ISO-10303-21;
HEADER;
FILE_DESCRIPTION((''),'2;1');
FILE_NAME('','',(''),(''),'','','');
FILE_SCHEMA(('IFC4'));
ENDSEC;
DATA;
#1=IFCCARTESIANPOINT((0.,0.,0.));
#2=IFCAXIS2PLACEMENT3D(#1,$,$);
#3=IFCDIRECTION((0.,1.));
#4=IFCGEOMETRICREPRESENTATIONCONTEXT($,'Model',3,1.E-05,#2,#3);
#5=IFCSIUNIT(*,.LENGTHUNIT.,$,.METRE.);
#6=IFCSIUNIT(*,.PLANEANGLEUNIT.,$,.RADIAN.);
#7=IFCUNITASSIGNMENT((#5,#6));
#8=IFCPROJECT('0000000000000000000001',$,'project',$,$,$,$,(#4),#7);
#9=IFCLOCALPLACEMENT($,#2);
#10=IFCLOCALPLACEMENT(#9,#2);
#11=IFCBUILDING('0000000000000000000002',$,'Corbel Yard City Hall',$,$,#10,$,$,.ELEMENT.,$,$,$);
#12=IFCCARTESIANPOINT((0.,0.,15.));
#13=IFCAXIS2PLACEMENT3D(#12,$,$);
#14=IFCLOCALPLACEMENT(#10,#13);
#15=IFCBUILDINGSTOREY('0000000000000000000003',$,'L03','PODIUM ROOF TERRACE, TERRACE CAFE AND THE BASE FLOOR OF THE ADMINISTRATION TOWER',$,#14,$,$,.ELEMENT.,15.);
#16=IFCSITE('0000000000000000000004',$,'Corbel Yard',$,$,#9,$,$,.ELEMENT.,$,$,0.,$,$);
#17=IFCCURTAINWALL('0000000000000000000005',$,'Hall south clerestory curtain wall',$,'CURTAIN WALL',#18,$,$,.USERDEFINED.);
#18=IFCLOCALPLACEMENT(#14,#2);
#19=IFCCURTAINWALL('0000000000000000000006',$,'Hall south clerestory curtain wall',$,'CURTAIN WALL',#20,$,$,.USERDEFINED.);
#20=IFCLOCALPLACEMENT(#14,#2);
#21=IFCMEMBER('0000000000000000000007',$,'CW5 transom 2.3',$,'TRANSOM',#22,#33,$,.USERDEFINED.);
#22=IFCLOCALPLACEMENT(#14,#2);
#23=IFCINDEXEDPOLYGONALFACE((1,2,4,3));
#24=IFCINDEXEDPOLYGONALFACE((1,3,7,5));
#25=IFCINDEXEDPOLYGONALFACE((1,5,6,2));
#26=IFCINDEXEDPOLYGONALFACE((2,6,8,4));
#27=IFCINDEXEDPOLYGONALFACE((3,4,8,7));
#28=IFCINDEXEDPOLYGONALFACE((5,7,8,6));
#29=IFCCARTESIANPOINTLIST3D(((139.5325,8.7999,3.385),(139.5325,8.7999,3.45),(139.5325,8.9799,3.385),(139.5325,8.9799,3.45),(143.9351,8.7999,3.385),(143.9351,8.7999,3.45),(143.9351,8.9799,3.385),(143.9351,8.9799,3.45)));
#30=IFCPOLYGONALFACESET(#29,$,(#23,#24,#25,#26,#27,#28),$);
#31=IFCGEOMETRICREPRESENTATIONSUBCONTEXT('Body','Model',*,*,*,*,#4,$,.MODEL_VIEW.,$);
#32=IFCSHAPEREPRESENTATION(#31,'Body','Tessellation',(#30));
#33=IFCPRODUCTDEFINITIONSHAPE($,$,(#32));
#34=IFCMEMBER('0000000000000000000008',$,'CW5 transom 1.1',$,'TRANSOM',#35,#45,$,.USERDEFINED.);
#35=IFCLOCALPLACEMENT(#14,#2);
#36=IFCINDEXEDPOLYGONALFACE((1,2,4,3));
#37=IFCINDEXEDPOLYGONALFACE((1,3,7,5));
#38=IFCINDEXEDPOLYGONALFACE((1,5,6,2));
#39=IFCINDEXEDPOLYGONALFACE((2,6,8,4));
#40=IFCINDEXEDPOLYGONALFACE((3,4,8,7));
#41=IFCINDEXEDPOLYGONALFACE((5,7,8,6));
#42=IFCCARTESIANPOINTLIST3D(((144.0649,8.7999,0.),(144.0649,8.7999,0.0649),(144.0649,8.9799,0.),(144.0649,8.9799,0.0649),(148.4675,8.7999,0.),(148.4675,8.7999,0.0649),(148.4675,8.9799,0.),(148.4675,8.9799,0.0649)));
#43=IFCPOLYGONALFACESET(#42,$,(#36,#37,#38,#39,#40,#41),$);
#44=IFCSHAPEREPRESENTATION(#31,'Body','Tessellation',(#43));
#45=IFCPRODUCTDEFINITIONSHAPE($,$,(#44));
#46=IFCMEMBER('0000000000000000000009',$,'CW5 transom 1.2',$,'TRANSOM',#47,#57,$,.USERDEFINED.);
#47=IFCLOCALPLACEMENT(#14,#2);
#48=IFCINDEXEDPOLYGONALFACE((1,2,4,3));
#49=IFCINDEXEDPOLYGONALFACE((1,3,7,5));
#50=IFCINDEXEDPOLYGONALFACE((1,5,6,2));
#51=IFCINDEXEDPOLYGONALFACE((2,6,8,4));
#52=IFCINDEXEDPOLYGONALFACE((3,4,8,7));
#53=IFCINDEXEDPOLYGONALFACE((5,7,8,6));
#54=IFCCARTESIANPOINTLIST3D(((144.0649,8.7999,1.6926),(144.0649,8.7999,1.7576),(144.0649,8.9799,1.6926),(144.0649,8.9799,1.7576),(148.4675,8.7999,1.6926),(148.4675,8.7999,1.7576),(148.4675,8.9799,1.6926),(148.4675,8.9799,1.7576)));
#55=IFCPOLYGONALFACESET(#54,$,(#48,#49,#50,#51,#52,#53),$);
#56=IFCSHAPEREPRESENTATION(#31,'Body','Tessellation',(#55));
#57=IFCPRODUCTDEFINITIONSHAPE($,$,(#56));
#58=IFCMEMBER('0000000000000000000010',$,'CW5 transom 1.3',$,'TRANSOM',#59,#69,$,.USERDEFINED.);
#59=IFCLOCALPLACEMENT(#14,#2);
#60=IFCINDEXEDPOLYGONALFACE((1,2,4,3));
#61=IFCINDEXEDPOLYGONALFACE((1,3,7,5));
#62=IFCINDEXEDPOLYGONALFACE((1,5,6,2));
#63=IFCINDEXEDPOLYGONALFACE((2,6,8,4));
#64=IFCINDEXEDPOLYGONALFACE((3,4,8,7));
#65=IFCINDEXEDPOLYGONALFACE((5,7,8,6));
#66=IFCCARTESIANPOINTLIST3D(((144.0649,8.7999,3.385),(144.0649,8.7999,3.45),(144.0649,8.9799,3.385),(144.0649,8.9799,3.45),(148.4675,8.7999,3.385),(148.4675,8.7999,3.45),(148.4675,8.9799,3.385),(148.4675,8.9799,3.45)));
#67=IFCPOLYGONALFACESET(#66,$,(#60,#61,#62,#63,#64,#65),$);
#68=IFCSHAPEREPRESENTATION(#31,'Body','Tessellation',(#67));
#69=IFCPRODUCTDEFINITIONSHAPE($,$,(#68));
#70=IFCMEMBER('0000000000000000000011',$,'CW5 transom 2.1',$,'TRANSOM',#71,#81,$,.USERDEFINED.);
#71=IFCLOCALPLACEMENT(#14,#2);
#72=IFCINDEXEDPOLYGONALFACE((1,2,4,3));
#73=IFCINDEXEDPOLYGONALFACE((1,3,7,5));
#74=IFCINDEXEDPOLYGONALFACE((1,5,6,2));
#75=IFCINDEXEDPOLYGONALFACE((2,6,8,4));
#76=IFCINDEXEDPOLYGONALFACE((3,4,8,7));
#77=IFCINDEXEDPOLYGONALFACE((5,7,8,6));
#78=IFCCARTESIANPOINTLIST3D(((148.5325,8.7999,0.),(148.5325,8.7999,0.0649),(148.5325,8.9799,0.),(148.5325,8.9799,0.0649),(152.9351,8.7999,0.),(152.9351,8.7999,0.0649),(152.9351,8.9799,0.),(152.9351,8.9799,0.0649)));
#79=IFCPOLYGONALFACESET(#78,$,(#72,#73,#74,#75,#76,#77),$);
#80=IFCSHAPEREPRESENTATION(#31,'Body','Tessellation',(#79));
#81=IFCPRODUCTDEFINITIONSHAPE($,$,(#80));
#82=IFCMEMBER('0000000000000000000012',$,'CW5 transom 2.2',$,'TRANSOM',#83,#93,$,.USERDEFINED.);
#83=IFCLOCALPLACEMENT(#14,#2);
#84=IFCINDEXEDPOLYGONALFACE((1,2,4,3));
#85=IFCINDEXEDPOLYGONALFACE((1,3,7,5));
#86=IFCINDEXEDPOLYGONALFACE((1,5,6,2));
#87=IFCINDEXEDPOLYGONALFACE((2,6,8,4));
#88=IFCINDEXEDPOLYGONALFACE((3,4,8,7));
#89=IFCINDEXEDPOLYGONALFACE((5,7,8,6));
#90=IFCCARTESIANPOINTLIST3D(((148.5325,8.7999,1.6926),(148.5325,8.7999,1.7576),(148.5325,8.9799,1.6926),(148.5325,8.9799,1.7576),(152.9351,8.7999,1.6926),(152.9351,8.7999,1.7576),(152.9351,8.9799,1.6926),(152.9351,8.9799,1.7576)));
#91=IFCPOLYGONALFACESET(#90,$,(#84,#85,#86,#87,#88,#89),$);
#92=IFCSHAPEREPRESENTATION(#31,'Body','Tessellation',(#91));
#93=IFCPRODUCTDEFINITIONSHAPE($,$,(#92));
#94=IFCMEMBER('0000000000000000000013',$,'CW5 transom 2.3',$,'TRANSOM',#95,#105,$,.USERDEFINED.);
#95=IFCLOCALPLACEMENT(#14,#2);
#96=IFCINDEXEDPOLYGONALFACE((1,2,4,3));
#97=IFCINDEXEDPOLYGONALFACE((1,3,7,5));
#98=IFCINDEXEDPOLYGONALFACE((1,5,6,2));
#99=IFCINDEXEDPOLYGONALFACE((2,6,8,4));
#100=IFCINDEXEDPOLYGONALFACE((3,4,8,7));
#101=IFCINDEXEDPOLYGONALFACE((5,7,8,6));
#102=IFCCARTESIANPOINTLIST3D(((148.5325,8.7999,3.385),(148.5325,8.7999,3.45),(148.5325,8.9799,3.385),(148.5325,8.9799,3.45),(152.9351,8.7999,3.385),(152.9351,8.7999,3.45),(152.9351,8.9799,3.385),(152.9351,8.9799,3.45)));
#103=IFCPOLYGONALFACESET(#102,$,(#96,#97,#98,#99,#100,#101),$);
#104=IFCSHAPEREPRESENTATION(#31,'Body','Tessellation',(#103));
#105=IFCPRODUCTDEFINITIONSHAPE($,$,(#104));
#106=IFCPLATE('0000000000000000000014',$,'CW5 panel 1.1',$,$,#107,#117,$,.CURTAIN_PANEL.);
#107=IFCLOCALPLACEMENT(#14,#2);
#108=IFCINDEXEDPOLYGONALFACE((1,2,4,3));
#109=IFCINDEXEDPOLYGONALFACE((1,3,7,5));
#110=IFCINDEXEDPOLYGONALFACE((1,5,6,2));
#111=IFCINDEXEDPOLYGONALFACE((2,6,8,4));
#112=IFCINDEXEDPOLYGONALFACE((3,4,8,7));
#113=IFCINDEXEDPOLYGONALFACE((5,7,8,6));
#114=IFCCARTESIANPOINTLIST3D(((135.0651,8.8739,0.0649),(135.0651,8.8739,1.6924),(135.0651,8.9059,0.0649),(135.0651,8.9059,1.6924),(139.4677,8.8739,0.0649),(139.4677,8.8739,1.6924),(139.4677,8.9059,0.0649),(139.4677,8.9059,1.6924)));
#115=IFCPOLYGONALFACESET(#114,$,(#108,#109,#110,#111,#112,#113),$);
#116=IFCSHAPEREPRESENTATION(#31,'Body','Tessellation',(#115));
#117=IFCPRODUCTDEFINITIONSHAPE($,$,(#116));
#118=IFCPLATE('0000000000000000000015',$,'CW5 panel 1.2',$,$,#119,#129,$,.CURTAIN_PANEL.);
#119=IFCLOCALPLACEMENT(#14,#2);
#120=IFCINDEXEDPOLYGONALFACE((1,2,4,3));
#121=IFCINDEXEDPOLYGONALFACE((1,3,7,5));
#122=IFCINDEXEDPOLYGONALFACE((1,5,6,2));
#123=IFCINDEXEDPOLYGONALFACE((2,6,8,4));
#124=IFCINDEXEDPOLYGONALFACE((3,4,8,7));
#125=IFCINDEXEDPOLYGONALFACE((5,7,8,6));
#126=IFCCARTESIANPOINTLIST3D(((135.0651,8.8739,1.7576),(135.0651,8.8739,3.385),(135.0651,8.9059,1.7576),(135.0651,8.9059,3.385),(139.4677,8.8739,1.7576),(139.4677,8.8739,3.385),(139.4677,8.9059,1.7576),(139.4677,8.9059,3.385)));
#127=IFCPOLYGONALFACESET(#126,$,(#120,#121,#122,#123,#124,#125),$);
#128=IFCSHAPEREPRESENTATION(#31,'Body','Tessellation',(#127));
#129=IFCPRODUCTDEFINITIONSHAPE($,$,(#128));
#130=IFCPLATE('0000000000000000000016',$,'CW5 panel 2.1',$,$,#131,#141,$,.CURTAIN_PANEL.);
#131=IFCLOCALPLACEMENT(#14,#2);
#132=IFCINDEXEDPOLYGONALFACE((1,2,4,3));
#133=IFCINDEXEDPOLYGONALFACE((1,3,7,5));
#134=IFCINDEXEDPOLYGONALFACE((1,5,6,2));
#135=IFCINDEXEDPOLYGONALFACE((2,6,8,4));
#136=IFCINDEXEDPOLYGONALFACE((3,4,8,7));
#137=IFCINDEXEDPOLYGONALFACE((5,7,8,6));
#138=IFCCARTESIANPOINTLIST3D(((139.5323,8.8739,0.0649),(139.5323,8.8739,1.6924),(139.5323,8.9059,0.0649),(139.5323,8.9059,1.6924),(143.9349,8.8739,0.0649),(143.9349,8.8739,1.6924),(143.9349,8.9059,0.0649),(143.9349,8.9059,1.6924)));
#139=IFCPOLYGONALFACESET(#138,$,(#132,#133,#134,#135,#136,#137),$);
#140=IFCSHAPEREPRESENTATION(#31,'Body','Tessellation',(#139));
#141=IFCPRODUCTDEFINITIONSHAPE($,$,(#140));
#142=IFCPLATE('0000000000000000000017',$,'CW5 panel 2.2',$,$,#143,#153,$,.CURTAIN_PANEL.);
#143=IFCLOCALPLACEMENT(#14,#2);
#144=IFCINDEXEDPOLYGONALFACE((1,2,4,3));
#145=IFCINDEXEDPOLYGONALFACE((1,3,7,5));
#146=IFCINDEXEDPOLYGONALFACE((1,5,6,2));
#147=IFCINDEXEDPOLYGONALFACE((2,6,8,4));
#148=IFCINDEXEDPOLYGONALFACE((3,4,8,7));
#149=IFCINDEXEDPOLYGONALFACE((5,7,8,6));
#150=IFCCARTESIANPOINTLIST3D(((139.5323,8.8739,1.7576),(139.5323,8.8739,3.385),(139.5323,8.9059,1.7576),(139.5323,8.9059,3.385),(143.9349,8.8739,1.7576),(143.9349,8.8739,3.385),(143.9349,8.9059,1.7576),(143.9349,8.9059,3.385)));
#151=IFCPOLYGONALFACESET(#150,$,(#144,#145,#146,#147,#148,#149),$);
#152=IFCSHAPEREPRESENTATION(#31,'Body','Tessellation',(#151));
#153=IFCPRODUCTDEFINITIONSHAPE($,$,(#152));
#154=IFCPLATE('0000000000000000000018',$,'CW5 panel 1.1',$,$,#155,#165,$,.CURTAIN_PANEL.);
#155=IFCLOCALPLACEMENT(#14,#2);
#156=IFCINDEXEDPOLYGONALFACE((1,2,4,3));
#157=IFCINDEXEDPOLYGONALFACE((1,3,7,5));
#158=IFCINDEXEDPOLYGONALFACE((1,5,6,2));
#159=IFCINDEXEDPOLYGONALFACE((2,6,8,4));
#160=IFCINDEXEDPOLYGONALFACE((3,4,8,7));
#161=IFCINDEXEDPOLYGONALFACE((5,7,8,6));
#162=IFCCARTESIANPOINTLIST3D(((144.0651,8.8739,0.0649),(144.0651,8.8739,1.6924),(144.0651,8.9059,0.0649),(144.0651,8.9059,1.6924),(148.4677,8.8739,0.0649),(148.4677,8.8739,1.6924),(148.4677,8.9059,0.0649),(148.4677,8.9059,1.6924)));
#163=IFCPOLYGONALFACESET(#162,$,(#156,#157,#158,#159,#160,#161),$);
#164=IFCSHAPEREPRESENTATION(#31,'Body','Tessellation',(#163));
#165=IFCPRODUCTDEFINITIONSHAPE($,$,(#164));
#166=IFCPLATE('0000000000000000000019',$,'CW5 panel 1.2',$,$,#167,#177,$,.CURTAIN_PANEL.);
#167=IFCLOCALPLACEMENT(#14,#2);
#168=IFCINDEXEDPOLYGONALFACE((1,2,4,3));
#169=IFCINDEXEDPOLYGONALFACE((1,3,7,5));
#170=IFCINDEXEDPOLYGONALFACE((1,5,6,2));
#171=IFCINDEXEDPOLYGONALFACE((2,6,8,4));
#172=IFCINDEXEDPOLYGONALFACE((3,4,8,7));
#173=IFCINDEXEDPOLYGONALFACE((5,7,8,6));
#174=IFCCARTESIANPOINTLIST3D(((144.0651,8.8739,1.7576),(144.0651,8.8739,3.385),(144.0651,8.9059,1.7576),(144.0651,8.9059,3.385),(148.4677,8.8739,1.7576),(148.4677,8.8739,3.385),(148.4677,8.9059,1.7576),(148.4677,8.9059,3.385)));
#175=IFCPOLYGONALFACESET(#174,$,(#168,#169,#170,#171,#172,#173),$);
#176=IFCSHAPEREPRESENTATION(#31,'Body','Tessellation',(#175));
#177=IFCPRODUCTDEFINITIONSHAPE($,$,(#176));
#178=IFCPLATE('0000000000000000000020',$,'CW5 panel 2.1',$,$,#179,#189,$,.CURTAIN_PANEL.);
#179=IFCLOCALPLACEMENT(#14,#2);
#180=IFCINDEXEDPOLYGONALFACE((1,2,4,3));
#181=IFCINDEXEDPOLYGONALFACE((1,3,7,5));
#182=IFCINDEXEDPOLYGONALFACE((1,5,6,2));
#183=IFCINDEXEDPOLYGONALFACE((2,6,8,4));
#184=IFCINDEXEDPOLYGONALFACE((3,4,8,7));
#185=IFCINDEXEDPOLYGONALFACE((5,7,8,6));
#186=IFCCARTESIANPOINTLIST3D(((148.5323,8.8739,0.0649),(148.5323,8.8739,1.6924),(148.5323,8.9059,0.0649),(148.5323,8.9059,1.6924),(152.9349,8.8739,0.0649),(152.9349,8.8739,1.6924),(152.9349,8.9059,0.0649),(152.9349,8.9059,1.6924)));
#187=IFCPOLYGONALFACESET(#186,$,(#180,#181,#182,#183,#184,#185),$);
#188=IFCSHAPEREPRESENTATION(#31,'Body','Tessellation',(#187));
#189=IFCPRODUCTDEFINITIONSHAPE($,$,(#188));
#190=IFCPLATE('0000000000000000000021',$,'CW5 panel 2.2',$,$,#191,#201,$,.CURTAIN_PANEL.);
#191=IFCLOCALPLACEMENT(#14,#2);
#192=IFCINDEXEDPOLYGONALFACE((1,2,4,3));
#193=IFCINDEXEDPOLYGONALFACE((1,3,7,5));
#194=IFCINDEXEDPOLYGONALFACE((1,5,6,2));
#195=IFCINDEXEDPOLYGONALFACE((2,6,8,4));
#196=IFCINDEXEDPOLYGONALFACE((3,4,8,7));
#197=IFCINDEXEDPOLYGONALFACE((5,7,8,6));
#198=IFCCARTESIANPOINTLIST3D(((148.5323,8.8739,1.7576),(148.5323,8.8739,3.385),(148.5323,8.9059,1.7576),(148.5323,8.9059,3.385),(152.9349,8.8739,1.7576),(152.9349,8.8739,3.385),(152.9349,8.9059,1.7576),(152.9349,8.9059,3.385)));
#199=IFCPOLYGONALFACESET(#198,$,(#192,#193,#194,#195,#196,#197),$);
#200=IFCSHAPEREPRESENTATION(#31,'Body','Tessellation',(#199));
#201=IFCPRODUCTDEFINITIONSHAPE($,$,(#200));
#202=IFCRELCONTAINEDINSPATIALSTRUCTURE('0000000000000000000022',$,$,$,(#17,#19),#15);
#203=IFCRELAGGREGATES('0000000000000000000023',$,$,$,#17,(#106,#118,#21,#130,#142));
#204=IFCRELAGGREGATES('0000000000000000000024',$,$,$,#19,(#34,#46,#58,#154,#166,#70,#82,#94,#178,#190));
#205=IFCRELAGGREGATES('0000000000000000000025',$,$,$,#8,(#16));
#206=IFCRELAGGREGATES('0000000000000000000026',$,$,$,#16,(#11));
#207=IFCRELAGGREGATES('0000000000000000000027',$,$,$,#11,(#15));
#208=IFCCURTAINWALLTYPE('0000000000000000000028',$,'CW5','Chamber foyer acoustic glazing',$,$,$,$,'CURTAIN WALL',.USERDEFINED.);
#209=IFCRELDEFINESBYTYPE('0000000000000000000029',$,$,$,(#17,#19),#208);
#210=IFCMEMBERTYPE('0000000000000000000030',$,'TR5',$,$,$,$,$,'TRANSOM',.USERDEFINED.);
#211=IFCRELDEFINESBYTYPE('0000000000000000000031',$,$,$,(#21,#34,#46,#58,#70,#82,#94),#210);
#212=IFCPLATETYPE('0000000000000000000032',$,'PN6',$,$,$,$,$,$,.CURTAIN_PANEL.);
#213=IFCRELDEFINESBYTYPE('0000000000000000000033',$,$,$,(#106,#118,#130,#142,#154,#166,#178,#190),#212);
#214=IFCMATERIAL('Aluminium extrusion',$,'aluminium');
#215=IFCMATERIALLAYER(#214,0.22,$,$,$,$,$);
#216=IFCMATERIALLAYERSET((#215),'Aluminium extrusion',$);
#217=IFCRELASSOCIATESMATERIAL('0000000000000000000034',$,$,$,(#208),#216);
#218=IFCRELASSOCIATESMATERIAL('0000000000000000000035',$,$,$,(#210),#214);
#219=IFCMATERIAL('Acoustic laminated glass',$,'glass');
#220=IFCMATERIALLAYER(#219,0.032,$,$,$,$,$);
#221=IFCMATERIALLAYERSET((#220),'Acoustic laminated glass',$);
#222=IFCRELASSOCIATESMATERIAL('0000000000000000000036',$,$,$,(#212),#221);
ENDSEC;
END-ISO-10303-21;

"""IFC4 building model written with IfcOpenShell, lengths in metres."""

from ifc_helpers import new_model, si_unit, direction, frame, origin, origin_2d, place, context, subcontext, project, spatial, rectangle, extrude, material, layer, layer_set, material_profile, profile_set, type_object, element, aggregate, save


model = new_model("IFC4")

# Units and contexts
model_context = context("Model", 3, precision=1e-05, world=origin(), true_north=direction((0.0, 1.0)))
body_context = subcontext(model_context, "Body", "Model", "MODEL_VIEW")
ifc_project = project(units=[si_unit("LENGTHUNIT", "METRE"), si_unit("PLANEANGLEUNIT", "RADIAN")], contexts=[model_context])

# Site, building, storey
site_placement = place(None, origin())
site = spatial("IfcSite", under=ifc_project, at=site_placement, Name="Corbel Yard", CompositionType="ELEMENT", RefElevation=0.0)
building_placement = place(site_placement, origin())
building = spatial("IfcBuilding", under=site, at=building_placement, Name="Corbel Yard City Hall", CompositionType="ELEMENT")
storey_placement = place(building_placement, frame((0.0, 0.0, 15.0)))
storey = spatial("IfcBuildingStorey", under=building, at=storey_placement, Name="L03", Description="PODIUM ROOF TERRACE, TERRACE CAFE AND THE BASE FLOOR OF THE ADMINISTRATION TOWER", CompositionType="ELEMENT", Elevation=15.0)

# Curtain walls
ifc_material_1 = material(Name="Aluminium extrusion", Category="aluminium")
ifc_layer_1 = layer(ifc_material_1, 0.22)
ifc_layer_set_1 = layer_set([ifc_layer_1], Name="Aluminium extrusion")
curtain_wall_type = type_object("IfcCurtainWallType", Name="CW5", Description="Chamber foyer acoustic glazing", ElementType="CURTAIN WALL", PredefinedType="USERDEFINED", material=ifc_layer_set_1)
curtain_wall_1_placement = place(storey_placement, origin())
curtain_wall_1 = element("IfcCurtainWall", 1, at=curtain_wall_1_placement, inside=storey, type_object=curtain_wall_type, Name="Hall south clerestory curtain wall", ObjectType="CURTAIN WALL", PredefinedType="USERDEFINED")
curtain_wall_2_placement = place(storey_placement, origin())
curtain_wall_2 = element("IfcCurtainWall", 2, at=curtain_wall_2_placement, inside=storey, type_object=curtain_wall_type, Name="Hall south clerestory curtain wall", ObjectType="CURTAIN WALL", PredefinedType="USERDEFINED")

# Members
ifc_material_profile_1 = material_profile(ifc_material_1, rectangle(XDim=0.1799, YDim=0.0649, at=origin_2d()), Name="180x65")
ifc_profile_set_1 = profile_set([ifc_material_profile_1], Name="Aluminium extrusion")
member_type_1 = type_object("IfcMemberType", Name="TR5", ElementType="TRANSOM", PredefinedType="USERDEFINED", material=ifc_profile_set_1)
member_1_placement = place(storey_placement, frame((139.5325, 8.8899, 3.4175), z_axis=(1.0, 0.0, 0.0), x_axis=(0.0, 1.0, 0.0)))
member_1 = element("IfcMember", 3, at=member_1_placement, type_object=member_type_1, Name="CW5 transom 2.3", ObjectType="TRANSOM", PredefinedType="USERDEFINED", context=body_context, shape_type="SweptSolid", body=[
    extrude(rectangle(XDim=0.1799, YDim=0.0649, at=origin_2d()), origin(), (0.0, 0.0, 1.0), 4.4026),
])
member_2_placement = place(storey_placement, frame((144.0649, 8.8899, 0.0325), z_axis=(1.0, 0.0, 0.0), x_axis=(0.0, 1.0, 0.0)))
member_2 = element("IfcMember", 4, at=member_2_placement, type_object=member_type_1, Name="CW5 transom 1.1", ObjectType="TRANSOM", PredefinedType="USERDEFINED", context=body_context, shape_type="SweptSolid", body=[
    extrude(rectangle(XDim=0.1799, YDim=0.0649, at=origin_2d()), origin(), (0.0, 0.0, 1.0), 4.4026),
])
member_3_placement = place(storey_placement, frame((144.0649, 8.8899, 1.7251), z_axis=(1.0, 0.0, 0.0), x_axis=(0.0, 1.0, 0.0)))
member_3 = element("IfcMember", 5, at=member_3_placement, type_object=member_type_1, Name="CW5 transom 1.2", ObjectType="TRANSOM", PredefinedType="USERDEFINED", context=body_context, shape_type="SweptSolid", body=[
    extrude(rectangle(XDim=0.1799, YDim=0.0649, at=origin_2d()), origin(), (0.0, 0.0, 1.0), 4.4026),
])
member_4_placement = place(storey_placement, frame((144.0649, 8.8899, 3.4175), z_axis=(1.0, 0.0, 0.0), x_axis=(0.0, 1.0, 0.0)))
member_4 = element("IfcMember", 6, at=member_4_placement, type_object=member_type_1, Name="CW5 transom 1.3", ObjectType="TRANSOM", PredefinedType="USERDEFINED", context=body_context, shape_type="SweptSolid", body=[
    extrude(rectangle(XDim=0.1799, YDim=0.0649, at=origin_2d()), origin(), (0.0, 0.0, 1.0), 4.4026),
])
member_5_placement = place(storey_placement, frame((148.5325, 8.8899, 0.0325), z_axis=(1.0, 0.0, 0.0), x_axis=(0.0, 1.0, 0.0)))
member_5 = element("IfcMember", 7, at=member_5_placement, type_object=member_type_1, Name="CW5 transom 2.1", ObjectType="TRANSOM", PredefinedType="USERDEFINED", context=body_context, shape_type="SweptSolid", body=[
    extrude(rectangle(XDim=0.1799, YDim=0.0649, at=origin_2d()), origin(), (0.0, 0.0, 1.0), 4.4026),
])
member_6_placement = place(storey_placement, frame((148.5325, 8.8899, 1.7251), z_axis=(1.0, 0.0, 0.0), x_axis=(0.0, 1.0, 0.0)))
member_6 = element("IfcMember", 8, at=member_6_placement, type_object=member_type_1, Name="CW5 transom 2.2", ObjectType="TRANSOM", PredefinedType="USERDEFINED", context=body_context, shape_type="SweptSolid", body=[
    extrude(rectangle(XDim=0.1799, YDim=0.0649, at=origin_2d()), origin(), (0.0, 0.0, 1.0), 4.4026),
])
member_7_placement = place(storey_placement, frame((148.5325, 8.8899, 3.4175), z_axis=(1.0, 0.0, 0.0), x_axis=(0.0, 1.0, 0.0)))
member_7 = element("IfcMember", 9, at=member_7_placement, type_object=member_type_1, Name="CW5 transom 2.3", ObjectType="TRANSOM", PredefinedType="USERDEFINED", context=body_context, shape_type="SweptSolid", body=[
    extrude(rectangle(XDim=0.1799, YDim=0.0649, at=origin_2d()), origin(), (0.0, 0.0, 1.0), 4.4026),
])

# Plates
ifc_material_2 = material(Name="Acoustic laminated glass", Category="glass")
ifc_layer_2 = layer(ifc_material_2, 0.032)
ifc_layer_set_2 = layer_set([ifc_layer_2], Name="Acoustic laminated glass")
plate_type = type_object("IfcPlateType", Name="PN6", PredefinedType="CURTAIN_PANEL", material=ifc_layer_set_2)
plate_1_placement = place(storey_placement, frame((137.2664, 8.8899, 0.0649), z_axis=(0.0, 0.0, 1.0), x_axis=(1.0, 0.0, 0.0)))
plate_1 = element("IfcPlate", 10, at=plate_1_placement, type_object=plate_type, Name="CW5 panel 1.1", PredefinedType="CURTAIN_PANEL", context=body_context, shape_type="SweptSolid", body=[
    extrude(rectangle(XDim=4.4026, YDim=0.032, at=origin_2d()), origin(), (0.0, 0.0, 1.0), 1.6274),
])
plate_2_placement = place(storey_placement, frame((137.2664, 8.8899, 1.7576), z_axis=(0.0, 0.0, 1.0), x_axis=(1.0, 0.0, 0.0)))
plate_2 = element("IfcPlate", 11, at=plate_2_placement, type_object=plate_type, Name="CW5 panel 1.2", PredefinedType="CURTAIN_PANEL", context=body_context, shape_type="SweptSolid", body=[
    extrude(rectangle(XDim=4.4026, YDim=0.032, at=origin_2d()), origin(), (0.0, 0.0, 1.0), 1.6274),
])
plate_3_placement = place(storey_placement, frame((141.7336, 8.8899, 0.0649), z_axis=(0.0, 0.0, 1.0), x_axis=(1.0, 0.0, 0.0)))
plate_3 = element("IfcPlate", 12, at=plate_3_placement, type_object=plate_type, Name="CW5 panel 2.1", PredefinedType="CURTAIN_PANEL", context=body_context, shape_type="SweptSolid", body=[
    extrude(rectangle(XDim=4.4026, YDim=0.032, at=origin_2d()), origin(), (0.0, 0.0, 1.0), 1.6274),
])
plate_4_placement = place(storey_placement, frame((141.7336, 8.8899, 1.7576), z_axis=(0.0, 0.0, 1.0), x_axis=(1.0, 0.0, 0.0)))
plate_4 = element("IfcPlate", 13, at=plate_4_placement, type_object=plate_type, Name="CW5 panel 2.2", PredefinedType="CURTAIN_PANEL", context=body_context, shape_type="SweptSolid", body=[
    extrude(rectangle(XDim=4.4026, YDim=0.032, at=origin_2d()), origin(), (0.0, 0.0, 1.0), 1.6274),
])
aggregate(curtain_wall_1, [plate_1, plate_2, member_1, plate_3, plate_4])
plate_5_placement = place(storey_placement, frame((146.2664, 8.8899, 0.0649), z_axis=(0.0, 0.0, 1.0), x_axis=(1.0, 0.0, 0.0)))
plate_5 = element("IfcPlate", 14, at=plate_5_placement, type_object=plate_type, Name="CW5 panel 1.1", PredefinedType="CURTAIN_PANEL", context=body_context, shape_type="SweptSolid", body=[
    extrude(rectangle(XDim=4.4026, YDim=0.032, at=origin_2d()), origin(), (0.0, 0.0, 1.0), 1.6274),
])
plate_6_placement = place(storey_placement, frame((146.2664, 8.8899, 1.7576), z_axis=(0.0, 0.0, 1.0), x_axis=(1.0, 0.0, 0.0)))
plate_6 = element("IfcPlate", 15, at=plate_6_placement, type_object=plate_type, Name="CW5 panel 1.2", PredefinedType="CURTAIN_PANEL", context=body_context, shape_type="SweptSolid", body=[
    extrude(rectangle(XDim=4.4026, YDim=0.032, at=origin_2d()), origin(), (0.0, 0.0, 1.0), 1.6274),
])
plate_7_placement = place(storey_placement, frame((150.7336, 8.8899, 0.0649), z_axis=(0.0, 0.0, 1.0), x_axis=(1.0, 0.0, 0.0)))
plate_7 = element("IfcPlate", 16, at=plate_7_placement, type_object=plate_type, Name="CW5 panel 2.1", PredefinedType="CURTAIN_PANEL", context=body_context, shape_type="SweptSolid", body=[
    extrude(rectangle(XDim=4.4026, YDim=0.032, at=origin_2d()), origin(), (0.0, 0.0, 1.0), 1.6274),
])
plate_8_placement = place(storey_placement, frame((150.7336, 8.8899, 1.7576), z_axis=(0.0, 0.0, 1.0), x_axis=(1.0, 0.0, 0.0)))
plate_8 = element("IfcPlate", 17, at=plate_8_placement, type_object=plate_type, Name="CW5 panel 2.2", PredefinedType="CURTAIN_PANEL", context=body_context, shape_type="SweptSolid", body=[
    extrude(rectangle(XDim=4.4026, YDim=0.032, at=origin_2d()), origin(), (0.0, 0.0, 1.0), 1.6274),
])
aggregate(curtain_wall_2, [member_2, member_3, member_4, plate_5, plate_6, member_5, member_6, member_7, plate_7, plate_8])

save(model, "model.ifc")
